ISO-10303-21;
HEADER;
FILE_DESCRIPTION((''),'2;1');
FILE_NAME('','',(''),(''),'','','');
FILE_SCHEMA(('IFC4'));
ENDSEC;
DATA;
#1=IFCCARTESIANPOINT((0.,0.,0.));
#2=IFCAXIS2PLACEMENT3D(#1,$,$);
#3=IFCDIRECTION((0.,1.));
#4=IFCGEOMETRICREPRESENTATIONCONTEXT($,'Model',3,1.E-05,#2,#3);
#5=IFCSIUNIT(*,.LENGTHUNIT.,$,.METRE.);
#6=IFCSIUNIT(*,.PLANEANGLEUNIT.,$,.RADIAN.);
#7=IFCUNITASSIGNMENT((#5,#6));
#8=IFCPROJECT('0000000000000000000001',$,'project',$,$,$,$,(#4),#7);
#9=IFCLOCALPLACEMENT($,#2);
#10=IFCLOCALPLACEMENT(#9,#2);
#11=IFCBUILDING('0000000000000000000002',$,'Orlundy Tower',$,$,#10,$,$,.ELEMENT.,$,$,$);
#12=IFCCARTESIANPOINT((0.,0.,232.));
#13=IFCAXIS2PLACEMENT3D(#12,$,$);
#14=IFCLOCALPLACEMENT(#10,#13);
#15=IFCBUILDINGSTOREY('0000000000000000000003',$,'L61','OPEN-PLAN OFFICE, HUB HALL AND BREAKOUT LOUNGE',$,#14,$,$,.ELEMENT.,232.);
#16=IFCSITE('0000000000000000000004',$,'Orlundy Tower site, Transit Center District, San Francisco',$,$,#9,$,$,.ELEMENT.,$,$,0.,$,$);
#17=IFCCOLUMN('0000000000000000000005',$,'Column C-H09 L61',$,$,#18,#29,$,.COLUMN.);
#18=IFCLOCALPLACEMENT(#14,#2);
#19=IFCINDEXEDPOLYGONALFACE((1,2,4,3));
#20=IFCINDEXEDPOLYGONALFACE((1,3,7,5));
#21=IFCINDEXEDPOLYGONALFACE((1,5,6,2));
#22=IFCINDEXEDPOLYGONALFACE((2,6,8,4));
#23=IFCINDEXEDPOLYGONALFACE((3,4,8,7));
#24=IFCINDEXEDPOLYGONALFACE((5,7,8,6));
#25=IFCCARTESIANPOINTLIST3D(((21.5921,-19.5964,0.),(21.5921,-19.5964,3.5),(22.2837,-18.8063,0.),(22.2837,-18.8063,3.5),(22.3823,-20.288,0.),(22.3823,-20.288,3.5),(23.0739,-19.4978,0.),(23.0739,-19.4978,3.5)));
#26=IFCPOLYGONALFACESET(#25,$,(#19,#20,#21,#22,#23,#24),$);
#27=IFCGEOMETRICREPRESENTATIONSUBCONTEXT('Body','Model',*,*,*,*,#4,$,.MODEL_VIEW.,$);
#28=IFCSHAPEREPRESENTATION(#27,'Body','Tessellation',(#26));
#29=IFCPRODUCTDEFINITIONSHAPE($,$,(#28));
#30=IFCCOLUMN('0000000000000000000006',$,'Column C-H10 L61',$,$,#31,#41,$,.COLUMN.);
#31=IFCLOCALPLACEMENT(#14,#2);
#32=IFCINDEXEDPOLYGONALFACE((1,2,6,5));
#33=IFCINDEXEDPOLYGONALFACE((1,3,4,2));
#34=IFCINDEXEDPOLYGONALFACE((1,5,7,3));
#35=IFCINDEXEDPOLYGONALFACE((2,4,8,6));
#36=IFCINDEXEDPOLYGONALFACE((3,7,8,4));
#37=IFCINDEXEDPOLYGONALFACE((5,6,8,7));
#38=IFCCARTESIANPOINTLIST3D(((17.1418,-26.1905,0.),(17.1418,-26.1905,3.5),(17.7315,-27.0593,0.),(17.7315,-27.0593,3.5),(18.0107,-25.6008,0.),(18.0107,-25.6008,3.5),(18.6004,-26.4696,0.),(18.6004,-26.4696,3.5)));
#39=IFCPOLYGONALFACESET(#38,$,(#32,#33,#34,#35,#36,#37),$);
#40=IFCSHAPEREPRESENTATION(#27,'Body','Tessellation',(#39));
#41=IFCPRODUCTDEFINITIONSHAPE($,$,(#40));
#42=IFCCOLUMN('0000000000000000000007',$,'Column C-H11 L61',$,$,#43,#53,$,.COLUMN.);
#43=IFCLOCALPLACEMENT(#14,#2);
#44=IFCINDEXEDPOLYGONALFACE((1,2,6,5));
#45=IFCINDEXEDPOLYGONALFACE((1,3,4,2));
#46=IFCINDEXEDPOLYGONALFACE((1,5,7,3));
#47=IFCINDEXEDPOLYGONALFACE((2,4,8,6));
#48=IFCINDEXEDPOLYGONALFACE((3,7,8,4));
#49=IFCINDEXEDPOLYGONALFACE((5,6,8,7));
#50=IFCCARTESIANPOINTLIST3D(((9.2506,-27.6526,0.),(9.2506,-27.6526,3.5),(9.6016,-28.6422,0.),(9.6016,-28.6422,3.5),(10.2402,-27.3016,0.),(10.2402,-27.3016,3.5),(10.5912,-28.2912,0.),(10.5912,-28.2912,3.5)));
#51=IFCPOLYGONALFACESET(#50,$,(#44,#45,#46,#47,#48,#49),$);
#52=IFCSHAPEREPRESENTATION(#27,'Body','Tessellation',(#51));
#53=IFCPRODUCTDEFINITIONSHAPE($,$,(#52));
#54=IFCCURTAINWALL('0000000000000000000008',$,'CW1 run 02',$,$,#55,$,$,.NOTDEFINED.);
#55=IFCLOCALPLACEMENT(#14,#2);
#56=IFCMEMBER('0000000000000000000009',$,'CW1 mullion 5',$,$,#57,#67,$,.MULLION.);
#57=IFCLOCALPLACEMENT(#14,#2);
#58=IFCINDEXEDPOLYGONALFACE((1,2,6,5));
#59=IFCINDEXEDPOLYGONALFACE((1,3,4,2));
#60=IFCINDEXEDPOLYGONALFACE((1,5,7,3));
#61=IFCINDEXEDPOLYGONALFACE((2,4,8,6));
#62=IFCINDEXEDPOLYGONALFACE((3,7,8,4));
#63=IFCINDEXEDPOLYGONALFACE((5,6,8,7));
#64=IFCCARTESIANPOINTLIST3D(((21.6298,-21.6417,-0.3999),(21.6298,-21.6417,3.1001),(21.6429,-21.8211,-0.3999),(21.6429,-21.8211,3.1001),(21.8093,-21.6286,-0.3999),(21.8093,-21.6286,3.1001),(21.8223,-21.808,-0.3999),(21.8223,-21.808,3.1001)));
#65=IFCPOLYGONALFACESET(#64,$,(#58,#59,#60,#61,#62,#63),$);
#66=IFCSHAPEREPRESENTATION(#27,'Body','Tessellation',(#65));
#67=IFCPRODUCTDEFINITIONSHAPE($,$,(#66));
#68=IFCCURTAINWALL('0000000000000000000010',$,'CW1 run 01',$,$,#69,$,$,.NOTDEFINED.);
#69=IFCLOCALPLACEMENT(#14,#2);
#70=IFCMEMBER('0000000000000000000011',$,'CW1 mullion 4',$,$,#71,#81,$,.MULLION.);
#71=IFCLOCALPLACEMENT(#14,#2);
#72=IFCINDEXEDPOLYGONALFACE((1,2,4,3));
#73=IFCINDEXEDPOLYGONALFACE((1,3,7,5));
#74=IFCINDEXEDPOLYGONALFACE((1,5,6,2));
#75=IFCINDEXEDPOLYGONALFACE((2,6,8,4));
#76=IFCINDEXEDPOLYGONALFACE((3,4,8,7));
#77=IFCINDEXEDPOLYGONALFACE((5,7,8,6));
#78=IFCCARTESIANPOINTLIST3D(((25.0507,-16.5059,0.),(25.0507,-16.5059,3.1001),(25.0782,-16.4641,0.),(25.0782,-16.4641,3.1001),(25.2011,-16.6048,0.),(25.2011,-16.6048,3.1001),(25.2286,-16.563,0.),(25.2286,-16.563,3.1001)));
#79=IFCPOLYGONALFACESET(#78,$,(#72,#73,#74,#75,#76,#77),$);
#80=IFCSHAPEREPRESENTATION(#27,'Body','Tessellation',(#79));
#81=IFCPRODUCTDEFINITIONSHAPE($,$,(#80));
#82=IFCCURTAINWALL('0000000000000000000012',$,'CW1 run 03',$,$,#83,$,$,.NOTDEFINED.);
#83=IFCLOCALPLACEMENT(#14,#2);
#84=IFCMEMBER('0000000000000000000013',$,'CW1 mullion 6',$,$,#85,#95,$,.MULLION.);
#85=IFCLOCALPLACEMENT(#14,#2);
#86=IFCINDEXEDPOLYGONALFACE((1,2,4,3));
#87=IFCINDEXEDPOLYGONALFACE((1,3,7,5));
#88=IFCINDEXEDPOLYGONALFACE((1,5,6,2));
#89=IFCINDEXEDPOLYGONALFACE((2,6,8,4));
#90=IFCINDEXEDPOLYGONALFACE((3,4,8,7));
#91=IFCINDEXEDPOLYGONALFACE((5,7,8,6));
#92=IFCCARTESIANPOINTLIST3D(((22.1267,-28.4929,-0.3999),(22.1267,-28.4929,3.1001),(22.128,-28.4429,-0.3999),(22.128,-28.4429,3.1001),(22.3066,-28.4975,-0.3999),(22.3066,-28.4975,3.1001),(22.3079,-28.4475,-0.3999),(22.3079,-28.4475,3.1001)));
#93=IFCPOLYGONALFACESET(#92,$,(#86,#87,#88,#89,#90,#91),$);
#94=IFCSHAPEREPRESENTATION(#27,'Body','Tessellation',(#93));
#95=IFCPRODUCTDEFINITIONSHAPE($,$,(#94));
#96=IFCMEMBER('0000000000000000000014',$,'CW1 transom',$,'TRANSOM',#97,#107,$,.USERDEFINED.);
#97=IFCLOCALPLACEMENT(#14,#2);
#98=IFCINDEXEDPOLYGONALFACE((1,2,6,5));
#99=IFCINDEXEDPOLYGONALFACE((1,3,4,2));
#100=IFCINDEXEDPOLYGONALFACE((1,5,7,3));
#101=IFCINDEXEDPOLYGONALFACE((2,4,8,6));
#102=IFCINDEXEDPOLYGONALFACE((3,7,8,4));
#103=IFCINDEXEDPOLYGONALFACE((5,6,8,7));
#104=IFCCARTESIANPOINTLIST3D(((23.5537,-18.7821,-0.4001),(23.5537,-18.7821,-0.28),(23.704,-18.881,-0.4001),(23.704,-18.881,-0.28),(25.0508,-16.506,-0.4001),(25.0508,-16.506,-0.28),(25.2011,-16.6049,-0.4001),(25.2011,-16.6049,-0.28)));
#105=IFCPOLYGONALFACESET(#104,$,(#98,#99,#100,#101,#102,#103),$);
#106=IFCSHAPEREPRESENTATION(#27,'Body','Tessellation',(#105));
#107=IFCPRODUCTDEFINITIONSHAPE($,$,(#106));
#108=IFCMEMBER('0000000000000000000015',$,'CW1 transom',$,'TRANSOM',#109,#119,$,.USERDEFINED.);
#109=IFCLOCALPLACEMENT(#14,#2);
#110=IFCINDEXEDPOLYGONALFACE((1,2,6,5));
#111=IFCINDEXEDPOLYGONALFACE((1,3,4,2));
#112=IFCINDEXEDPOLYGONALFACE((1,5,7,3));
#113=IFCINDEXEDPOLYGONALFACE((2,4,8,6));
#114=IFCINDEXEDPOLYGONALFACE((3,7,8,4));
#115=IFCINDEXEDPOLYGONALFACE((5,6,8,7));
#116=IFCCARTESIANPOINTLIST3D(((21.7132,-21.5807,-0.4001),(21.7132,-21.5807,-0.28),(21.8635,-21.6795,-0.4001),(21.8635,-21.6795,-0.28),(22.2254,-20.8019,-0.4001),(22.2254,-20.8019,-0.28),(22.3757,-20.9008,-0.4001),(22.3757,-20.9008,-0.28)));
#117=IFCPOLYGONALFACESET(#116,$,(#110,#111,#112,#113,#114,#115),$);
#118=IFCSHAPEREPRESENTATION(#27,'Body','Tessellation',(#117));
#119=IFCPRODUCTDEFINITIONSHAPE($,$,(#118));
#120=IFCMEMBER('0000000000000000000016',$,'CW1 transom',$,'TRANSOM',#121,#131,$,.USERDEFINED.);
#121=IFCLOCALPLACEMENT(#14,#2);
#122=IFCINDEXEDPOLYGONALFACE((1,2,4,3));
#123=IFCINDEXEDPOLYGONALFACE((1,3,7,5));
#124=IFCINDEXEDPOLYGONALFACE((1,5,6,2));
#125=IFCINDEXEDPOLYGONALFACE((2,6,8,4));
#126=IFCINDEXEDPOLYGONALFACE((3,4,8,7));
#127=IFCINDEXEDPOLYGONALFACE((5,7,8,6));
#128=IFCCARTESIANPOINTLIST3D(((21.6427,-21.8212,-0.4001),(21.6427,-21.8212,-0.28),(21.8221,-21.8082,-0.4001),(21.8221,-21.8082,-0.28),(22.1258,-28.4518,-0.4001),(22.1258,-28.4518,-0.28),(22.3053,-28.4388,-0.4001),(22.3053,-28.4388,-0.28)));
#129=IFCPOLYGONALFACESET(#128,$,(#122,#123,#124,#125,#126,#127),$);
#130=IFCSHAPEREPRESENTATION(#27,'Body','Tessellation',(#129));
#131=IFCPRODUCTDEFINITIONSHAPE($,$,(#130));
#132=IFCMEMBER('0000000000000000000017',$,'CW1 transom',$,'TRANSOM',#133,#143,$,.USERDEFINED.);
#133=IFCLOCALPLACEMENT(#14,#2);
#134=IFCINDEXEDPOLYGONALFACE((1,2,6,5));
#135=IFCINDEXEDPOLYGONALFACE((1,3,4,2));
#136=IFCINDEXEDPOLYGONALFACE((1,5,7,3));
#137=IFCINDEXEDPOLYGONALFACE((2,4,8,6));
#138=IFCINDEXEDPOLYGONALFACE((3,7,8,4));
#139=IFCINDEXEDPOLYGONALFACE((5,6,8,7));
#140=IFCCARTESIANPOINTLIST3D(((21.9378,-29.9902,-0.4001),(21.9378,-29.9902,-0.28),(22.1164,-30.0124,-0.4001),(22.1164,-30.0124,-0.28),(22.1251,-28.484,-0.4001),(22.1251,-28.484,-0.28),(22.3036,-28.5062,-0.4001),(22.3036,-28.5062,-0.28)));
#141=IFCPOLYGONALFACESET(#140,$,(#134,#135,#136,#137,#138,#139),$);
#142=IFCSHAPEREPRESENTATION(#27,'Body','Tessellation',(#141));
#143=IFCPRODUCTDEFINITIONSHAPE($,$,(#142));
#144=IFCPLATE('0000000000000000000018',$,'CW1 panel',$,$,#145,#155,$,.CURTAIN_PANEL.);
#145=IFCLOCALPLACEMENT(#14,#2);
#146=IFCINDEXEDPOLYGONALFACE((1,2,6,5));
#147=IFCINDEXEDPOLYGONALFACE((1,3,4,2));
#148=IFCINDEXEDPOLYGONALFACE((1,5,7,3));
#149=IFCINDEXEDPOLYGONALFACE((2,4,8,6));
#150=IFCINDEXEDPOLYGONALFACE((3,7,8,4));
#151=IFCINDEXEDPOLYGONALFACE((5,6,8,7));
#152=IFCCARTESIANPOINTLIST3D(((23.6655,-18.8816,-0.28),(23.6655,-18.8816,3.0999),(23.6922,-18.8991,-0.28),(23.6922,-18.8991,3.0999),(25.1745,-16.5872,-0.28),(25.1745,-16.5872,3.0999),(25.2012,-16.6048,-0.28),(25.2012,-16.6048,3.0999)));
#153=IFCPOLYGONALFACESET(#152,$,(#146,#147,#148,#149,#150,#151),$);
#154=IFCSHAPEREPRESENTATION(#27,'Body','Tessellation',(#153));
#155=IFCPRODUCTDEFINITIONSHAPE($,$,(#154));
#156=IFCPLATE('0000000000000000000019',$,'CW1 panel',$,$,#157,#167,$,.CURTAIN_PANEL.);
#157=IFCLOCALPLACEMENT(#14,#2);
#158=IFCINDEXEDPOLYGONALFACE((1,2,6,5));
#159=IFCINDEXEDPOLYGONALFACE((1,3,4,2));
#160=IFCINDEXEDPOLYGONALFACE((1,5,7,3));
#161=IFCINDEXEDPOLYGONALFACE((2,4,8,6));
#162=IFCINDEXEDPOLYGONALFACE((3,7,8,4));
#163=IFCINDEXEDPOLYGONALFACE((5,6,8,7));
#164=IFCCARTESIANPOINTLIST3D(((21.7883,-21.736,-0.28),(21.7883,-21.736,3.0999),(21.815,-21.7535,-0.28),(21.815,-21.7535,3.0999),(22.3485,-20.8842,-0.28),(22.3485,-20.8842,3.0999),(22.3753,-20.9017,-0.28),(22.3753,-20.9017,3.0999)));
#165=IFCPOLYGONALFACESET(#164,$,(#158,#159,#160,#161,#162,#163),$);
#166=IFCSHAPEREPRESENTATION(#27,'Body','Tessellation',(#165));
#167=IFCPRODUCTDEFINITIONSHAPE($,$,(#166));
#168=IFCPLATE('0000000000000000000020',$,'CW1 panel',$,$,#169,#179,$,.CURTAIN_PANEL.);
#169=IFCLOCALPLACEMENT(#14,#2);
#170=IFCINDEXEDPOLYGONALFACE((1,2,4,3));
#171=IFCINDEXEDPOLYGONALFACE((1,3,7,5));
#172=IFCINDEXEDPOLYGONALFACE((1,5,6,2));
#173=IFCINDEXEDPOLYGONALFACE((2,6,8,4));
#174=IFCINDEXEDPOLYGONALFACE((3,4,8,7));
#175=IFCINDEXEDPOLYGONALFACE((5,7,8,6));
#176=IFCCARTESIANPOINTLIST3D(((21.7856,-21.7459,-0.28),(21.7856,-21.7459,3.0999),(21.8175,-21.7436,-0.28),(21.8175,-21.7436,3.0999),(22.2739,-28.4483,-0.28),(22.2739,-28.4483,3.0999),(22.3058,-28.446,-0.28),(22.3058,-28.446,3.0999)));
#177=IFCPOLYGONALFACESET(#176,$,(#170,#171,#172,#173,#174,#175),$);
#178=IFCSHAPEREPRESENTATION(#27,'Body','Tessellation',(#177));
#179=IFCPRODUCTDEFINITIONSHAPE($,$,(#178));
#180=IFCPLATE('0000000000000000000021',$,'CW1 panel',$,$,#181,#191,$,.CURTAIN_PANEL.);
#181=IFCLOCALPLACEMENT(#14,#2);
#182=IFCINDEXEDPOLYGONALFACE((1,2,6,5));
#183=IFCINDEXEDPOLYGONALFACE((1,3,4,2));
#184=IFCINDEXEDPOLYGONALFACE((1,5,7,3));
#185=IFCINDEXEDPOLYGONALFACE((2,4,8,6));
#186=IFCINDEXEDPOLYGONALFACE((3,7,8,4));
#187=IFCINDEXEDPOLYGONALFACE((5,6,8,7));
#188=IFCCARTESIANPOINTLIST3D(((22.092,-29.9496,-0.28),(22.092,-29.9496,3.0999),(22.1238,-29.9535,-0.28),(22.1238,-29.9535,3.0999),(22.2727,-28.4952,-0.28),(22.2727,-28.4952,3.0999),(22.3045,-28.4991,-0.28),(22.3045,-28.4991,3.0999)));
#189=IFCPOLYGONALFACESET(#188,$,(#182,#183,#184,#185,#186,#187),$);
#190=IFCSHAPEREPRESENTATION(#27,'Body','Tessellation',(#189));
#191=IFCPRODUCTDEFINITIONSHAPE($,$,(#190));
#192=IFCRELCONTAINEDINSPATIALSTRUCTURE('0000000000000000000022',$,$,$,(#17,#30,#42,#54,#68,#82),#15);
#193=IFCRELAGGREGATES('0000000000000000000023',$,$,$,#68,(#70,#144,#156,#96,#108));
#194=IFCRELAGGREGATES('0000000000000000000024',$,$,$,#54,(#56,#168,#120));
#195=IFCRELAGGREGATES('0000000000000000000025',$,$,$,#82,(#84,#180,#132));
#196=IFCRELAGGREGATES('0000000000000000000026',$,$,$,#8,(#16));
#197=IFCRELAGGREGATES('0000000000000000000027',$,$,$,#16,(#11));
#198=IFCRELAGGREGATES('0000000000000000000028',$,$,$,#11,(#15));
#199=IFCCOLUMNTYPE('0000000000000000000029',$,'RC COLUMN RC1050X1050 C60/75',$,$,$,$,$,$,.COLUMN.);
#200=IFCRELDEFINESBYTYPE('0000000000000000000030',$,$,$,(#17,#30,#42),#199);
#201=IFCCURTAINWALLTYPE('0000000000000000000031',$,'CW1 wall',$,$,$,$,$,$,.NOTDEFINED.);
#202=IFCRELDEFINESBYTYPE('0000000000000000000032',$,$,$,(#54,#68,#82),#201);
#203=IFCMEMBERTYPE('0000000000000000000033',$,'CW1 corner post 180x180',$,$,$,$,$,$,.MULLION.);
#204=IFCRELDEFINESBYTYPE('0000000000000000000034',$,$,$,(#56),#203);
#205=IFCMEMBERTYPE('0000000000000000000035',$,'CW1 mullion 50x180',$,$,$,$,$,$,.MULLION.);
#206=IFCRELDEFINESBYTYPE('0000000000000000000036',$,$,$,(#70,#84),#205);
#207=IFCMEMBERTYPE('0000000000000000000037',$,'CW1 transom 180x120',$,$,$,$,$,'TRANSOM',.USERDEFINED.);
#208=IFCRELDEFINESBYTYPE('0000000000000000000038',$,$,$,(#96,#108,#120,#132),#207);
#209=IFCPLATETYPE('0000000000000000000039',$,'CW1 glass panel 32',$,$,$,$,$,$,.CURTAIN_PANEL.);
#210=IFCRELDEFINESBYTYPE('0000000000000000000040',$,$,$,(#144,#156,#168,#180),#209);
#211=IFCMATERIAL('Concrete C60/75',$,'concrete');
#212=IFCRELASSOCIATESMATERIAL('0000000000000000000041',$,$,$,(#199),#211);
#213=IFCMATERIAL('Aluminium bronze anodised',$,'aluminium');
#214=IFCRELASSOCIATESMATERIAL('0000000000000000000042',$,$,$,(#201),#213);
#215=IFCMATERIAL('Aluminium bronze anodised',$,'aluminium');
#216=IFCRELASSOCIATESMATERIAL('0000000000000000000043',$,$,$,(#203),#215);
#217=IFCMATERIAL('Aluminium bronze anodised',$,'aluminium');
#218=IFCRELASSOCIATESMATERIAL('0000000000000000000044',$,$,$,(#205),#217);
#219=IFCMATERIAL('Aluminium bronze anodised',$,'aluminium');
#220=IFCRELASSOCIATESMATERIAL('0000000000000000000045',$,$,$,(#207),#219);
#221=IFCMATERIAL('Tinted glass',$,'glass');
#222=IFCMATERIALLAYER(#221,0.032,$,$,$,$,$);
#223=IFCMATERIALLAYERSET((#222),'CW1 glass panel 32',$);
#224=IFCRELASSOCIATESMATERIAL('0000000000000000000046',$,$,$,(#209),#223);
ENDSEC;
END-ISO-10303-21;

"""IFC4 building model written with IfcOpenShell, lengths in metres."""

from ifc_helpers import new_model, si_unit, direction, frame, origin, origin_2d, place, context, subcontext, project, spatial, rectangle, extrude, material, layer, layer_set, material_profile, profile_set, type_object, element, aggregate, save


model = new_model("IFC4")

# Units and contexts
model_context = context("Model", 3, precision=1e-05, world=origin(), true_north=direction((0.0, 1.0)))
body_context = subcontext(model_context, "Body", "Model", "MODEL_VIEW")
ifc_project = project(units=[si_unit("LENGTHUNIT", "METRE"), si_unit("PLANEANGLEUNIT", "RADIAN")], contexts=[model_context])

# Site, building, storey
site_placement = place(None, origin())
site = spatial("IfcSite", under=ifc_project, at=site_placement, Name="Orlundy Tower site, Transit Center District, San Francisco", CompositionType="ELEMENT", RefElevation=0.0)
building_placement = place(site_placement, origin())
building = spatial("IfcBuilding", under=site, at=building_placement, Name="Orlundy Tower", CompositionType="ELEMENT")
storey_placement = place(building_placement, frame((0.0, 0.0, 232.0)))
storey = spatial("IfcBuildingStorey", under=building, at=storey_placement, Name="L61", Description="OPEN-PLAN OFFICE, HUB HALL AND BREAKOUT LOUNGE", CompositionType="ELEMENT", Elevation=232.0)

# Columns
ifc_material_1 = material(Name="Concrete C60/75", Category="concrete")
ifc_material_profile_1 = material_profile(ifc_material_1, rectangle(XDim=1.05, YDim=1.05, at=origin_2d()), Name="RC1050X1050")
ifc_profile_set_1 = profile_set([ifc_material_profile_1], Name="Concrete C60/75")
column_type = type_object("IfcColumnType", Name="RC COLUMN RC1050X1050 C60/75", PredefinedType="COLUMN", material=ifc_profile_set_1)
for number, where, z_axis, x_axis, name in (
    (1, (22.333, -19.5471, 0.0), (0.0, 0.0, 1.0), (0.752484, -0.658611, 0.0), "Column C-H09 L61"),
    (2, (17.8711, -26.3301, 0.0), (0.0, 0.0, 1.0), (0.561592, -0.827414, 0.0), "Column C-H10 L61"),
    (3, (9.9209, -27.9719, 0.0), (0.0, 0.0, 1.0), (0.334267, -0.942478, 0.0), "Column C-H11 L61"),
):
    element("IfcColumn", number, at=place(storey_placement, frame(where, z_axis=z_axis, x_axis=x_axis)), inside=storey, type_object=column_type, Name=name, PredefinedType="COLUMN", context=body_context, shape_type="SweptSolid", body=[
        extrude(rectangle(XDim=1.05, YDim=1.05, at=origin_2d()), origin(), (0.0, 0.0, 1.0), 3.5),
    ])

# Curtain walls, members
ifc_material_2 = material(Name="Aluminium bronze anodised", Category="aluminium")
curtain_wall_type = type_object("IfcCurtainWallType", Name="CW1 wall", PredefinedType="NOTDEFINED", material=ifc_material_2)
curtain_wall_1_placement = place(storey_placement, origin())
curtain_wall_1 = element("IfcCurtainWall", 4, at=curtain_wall_1_placement, inside=storey, type_object=curtain_wall_type, Name="CW1 run 02", PredefinedType="NOTDEFINED")
ifc_material_3 = material(Name="Aluminium bronze anodised", Category="aluminium")
ifc_material_profile_2 = material_profile(ifc_material_3, rectangle(XDim=0.1799, YDim=0.1799, at=origin_2d()), Name="CW1 corner post 180x180")
ifc_profile_set_2 = profile_set([ifc_material_profile_2], Name="Aluminium bronze anodised")
member_type_1 = type_object("IfcMemberType", Name="CW1 corner post 180x180", PredefinedType="MULLION", material=ifc_profile_set_2)
member_1_placement = place(storey_placement, frame((21.7261, -21.7249, -0.3999), z_axis=(0.0, 0.0, 1.0), x_axis=(0.997357, 0.072661, 0.0)))
member_1 = element("IfcMember", 5, at=member_1_placement, type_object=member_type_1, Name="CW1 mullion 5", PredefinedType="MULLION", context=body_context, shape_type="SweptSolid", body=[
    extrude(rectangle(XDim=0.1799, YDim=0.1799, at=origin_2d()), origin(), (0.0, 0.0, 1.0), 3.5),
])
curtain_wall_2_placement = place(storey_placement, origin())
curtain_wall_2 = element("IfcCurtainWall", 6, at=curtain_wall_2_placement, inside=storey, type_object=curtain_wall_type, Name="CW1 run 01", PredefinedType="NOTDEFINED")
ifc_material_4 = material(Name="Aluminium bronze anodised", Category="aluminium")
ifc_material_profile_3 = material_profile(ifc_material_4, rectangle(XDim=0.1799, YDim=0.05, at=origin_2d()), Name="CW1 mullion 50x180")
ifc_profile_set_3 = profile_set([ifc_material_profile_3], Name="Aluminium bronze anodised")
member_type_2 = type_object("IfcMemberType", Name="CW1 mullion 50x180", PredefinedType="MULLION", material=ifc_profile_set_3)
member_2_placement = place(storey_placement, frame((25.1396, -16.5344, 0.0), z_axis=(0.0, 0.0, 1.0), x_axis=(0.835496, -0.549496, 0.0)))
member_2 = element("IfcMember", 7, at=member_2_placement, type_object=member_type_2, Name="CW1 mullion 4", PredefinedType="MULLION", context=body_context, shape_type="SweptSolid", body=[
    extrude(rectangle(XDim=0.1799, YDim=0.05, at=origin_2d()), origin(), (0.0, 0.0, 1.0), 3.1001),
])
curtain_wall_3_placement = place(storey_placement, origin())
curtain_wall_3 = element("IfcCurtainWall", 8, at=curtain_wall_3_placement, inside=storey, type_object=curtain_wall_type, Name="CW1 run 03", PredefinedType="NOTDEFINED")
member_3_placement = place(storey_placement, frame((22.2173, -28.4702, -0.3999), z_axis=(0.0, 0.0, 1.0), x_axis=(0.999676, -0.025444, 0.0)))
member_3 = element("IfcMember", 9, at=member_3_placement, type_object=member_type_2, Name="CW1 mullion 6", PredefinedType="MULLION", context=body_context, shape_type="SweptSolid", body=[
    extrude(rectangle(XDim=0.1799, YDim=0.05, at=origin_2d()), origin(), (0.0, 0.0, 1.0), 3.5),
])

# Members
ifc_material_5 = material(Name="Aluminium bronze anodised", Category="aluminium")
ifc_material_profile_4 = material_profile(ifc_material_5, rectangle(XDim=0.1799, YDim=0.1201, at=origin_2d()), Name="CW1 transom 180x120")
ifc_profile_set_4 = profile_set([ifc_material_profile_4], Name="Aluminium bronze anodised")
member_type_3 = type_object("IfcMemberType", Name="CW1 transom 180x120", ElementType="TRANSOM", PredefinedType="USERDEFINED", material=ifc_profile_set_4)
member_4_placement = place(storey_placement, frame((25.126, -16.5554, -0.3401), z_axis=(-0.549519, -0.835481, 0.0), x_axis=(0.835481, -0.549519, 0.0)))
member_4 = element("IfcMember", 10, at=member_4_placement, type_object=member_type_3, Name="CW1 transom", ObjectType="TRANSOM", PredefinedType="USERDEFINED", context=body_context, shape_type="SweptSolid", body=[
    extrude(rectangle(XDim=0.1799, YDim=0.1201, at=origin_2d()), origin(), (0.0, 0.0, 1.0), 2.7244),
])
member_5_placement = place(storey_placement, frame((22.3005, -20.8513, -0.3401), z_axis=(-0.549491, -0.835499, 0.0), x_axis=(0.835499, -0.549491, 0.0)))
member_5 = element("IfcMember", 11, at=member_5_placement, type_object=member_type_3, Name="CW1 transom", ObjectType="TRANSOM", PredefinedType="USERDEFINED", context=body_context, shape_type="SweptSolid", body=[
    extrude(rectangle(XDim=0.1799, YDim=0.1201, at=origin_2d()), origin(), (0.0, 0.0, 1.0), 0.9321),
])
member_6_placement = place(storey_placement, frame((21.7324, -21.8147, -0.3401), z_axis=(0.072675, -0.997356, 0.0), x_axis=(0.997356, 0.072675, 0.0)))
member_6 = element("IfcMember", 12, at=member_6_placement, type_object=member_type_3, Name="CW1 transom", ObjectType="TRANSOM", PredefinedType="USERDEFINED", context=body_context, shape_type="SweptSolid", body=[
    extrude(rectangle(XDim=0.1799, YDim=0.1201, at=origin_2d()), origin(), (0.0, 0.0, 1.0), 6.6482),
])
member_7_placement = place(storey_placement, frame((22.2144, -28.4951, -0.3401), z_axis=(-0.123362, -0.992362, 0.0), x_axis=(0.992362, -0.123362, 0.0)))
member_7 = element("IfcMember", 13, at=member_7_placement, type_object=member_type_3, Name="CW1 transom", ObjectType="TRANSOM", PredefinedType="USERDEFINED", context=body_context, shape_type="SweptSolid", body=[
    extrude(rectangle(XDim=0.1799, YDim=0.1201, at=origin_2d()), origin(), (0.0, 0.0, 1.0), 1.5178),
])

# Plates
ifc_material_6 = material(Name="Tinted glass", Category="glass")
ifc_layer_1 = layer(ifc_material_6, 0.032)
ifc_layer_set_1 = layer_set([ifc_layer_1], Name="CW1 glass panel 32")
plate_type = type_object("IfcPlateType", Name="CW1 glass panel 32", PredefinedType="CURTAIN_PANEL", material=ifc_layer_set_1)
plate_1_placement = place(storey_placement, frame((24.4333, -17.7432, -0.28), z_axis=(0.0, 0.0, 1.0), x_axis=(-0.549496, -0.835496, 0.0)))
plate_1 = element("IfcPlate", 14, at=plate_1_placement, type_object=plate_type, Name="CW1 panel", PredefinedType="CURTAIN_PANEL", context=body_context, shape_type="SweptSolid", body=[
    extrude(rectangle(XDim=2.7461, YDim=0.032, at=origin_2d()), origin(), (0.0, 0.0, 1.0), 3.3799),
])
plate_2_placement = place(storey_placement, frame((22.0818, -21.3188, -0.28), z_axis=(0.0, 0.0, 1.0), x_axis=(-0.549496, -0.835496, 0.0)))
plate_2 = element("IfcPlate", 15, at=plate_2_placement, type_object=plate_type, Name="CW1 panel", PredefinedType="CURTAIN_PANEL", context=body_context, shape_type="SweptSolid", body=[
    extrude(rectangle(XDim=1.0195, YDim=0.032, at=origin_2d()), origin(), (0.0, 0.0, 1.0), 3.3799),
])
aggregate(curtain_wall_2, [member_2, plate_1, plate_2, member_4, member_5])
plate_3_placement = place(storey_placement, frame((22.0457, -25.0959, -0.28), z_axis=(0.0, 0.0, 1.0), x_axis=(0.072661, -0.997357, 0.0)))
plate_3 = element("IfcPlate", 16, at=plate_3_placement, type_object=plate_type, Name="CW1 panel", PredefinedType="CURTAIN_PANEL", context=body_context, shape_type="SweptSolid", body=[
    extrude(rectangle(XDim=6.7202, YDim=0.032, at=origin_2d()), origin(), (0.0, 0.0, 1.0), 3.3799),
])
aggregate(curtain_wall_1, [member_1, plate_3, member_6])
plate_4_placement = place(storey_placement, frame((22.1982, -29.2244, -0.28), z_axis=(0.0, 0.0, 1.0), x_axis=(-0.123304, -0.992369, 0.0)))
plate_4 = element("IfcPlate", 17, at=plate_4_placement, type_object=plate_type, Name="CW1 panel", PredefinedType="CURTAIN_PANEL", context=body_context, shape_type="SweptSolid", body=[
    extrude(rectangle(XDim=1.4656, YDim=0.032, at=origin_2d()), origin(), (0.0, 0.0, 1.0), 3.3799),
])
aggregate(curtain_wall_3, [member_3, plate_4, member_7])

save(model, "model.ifc")
